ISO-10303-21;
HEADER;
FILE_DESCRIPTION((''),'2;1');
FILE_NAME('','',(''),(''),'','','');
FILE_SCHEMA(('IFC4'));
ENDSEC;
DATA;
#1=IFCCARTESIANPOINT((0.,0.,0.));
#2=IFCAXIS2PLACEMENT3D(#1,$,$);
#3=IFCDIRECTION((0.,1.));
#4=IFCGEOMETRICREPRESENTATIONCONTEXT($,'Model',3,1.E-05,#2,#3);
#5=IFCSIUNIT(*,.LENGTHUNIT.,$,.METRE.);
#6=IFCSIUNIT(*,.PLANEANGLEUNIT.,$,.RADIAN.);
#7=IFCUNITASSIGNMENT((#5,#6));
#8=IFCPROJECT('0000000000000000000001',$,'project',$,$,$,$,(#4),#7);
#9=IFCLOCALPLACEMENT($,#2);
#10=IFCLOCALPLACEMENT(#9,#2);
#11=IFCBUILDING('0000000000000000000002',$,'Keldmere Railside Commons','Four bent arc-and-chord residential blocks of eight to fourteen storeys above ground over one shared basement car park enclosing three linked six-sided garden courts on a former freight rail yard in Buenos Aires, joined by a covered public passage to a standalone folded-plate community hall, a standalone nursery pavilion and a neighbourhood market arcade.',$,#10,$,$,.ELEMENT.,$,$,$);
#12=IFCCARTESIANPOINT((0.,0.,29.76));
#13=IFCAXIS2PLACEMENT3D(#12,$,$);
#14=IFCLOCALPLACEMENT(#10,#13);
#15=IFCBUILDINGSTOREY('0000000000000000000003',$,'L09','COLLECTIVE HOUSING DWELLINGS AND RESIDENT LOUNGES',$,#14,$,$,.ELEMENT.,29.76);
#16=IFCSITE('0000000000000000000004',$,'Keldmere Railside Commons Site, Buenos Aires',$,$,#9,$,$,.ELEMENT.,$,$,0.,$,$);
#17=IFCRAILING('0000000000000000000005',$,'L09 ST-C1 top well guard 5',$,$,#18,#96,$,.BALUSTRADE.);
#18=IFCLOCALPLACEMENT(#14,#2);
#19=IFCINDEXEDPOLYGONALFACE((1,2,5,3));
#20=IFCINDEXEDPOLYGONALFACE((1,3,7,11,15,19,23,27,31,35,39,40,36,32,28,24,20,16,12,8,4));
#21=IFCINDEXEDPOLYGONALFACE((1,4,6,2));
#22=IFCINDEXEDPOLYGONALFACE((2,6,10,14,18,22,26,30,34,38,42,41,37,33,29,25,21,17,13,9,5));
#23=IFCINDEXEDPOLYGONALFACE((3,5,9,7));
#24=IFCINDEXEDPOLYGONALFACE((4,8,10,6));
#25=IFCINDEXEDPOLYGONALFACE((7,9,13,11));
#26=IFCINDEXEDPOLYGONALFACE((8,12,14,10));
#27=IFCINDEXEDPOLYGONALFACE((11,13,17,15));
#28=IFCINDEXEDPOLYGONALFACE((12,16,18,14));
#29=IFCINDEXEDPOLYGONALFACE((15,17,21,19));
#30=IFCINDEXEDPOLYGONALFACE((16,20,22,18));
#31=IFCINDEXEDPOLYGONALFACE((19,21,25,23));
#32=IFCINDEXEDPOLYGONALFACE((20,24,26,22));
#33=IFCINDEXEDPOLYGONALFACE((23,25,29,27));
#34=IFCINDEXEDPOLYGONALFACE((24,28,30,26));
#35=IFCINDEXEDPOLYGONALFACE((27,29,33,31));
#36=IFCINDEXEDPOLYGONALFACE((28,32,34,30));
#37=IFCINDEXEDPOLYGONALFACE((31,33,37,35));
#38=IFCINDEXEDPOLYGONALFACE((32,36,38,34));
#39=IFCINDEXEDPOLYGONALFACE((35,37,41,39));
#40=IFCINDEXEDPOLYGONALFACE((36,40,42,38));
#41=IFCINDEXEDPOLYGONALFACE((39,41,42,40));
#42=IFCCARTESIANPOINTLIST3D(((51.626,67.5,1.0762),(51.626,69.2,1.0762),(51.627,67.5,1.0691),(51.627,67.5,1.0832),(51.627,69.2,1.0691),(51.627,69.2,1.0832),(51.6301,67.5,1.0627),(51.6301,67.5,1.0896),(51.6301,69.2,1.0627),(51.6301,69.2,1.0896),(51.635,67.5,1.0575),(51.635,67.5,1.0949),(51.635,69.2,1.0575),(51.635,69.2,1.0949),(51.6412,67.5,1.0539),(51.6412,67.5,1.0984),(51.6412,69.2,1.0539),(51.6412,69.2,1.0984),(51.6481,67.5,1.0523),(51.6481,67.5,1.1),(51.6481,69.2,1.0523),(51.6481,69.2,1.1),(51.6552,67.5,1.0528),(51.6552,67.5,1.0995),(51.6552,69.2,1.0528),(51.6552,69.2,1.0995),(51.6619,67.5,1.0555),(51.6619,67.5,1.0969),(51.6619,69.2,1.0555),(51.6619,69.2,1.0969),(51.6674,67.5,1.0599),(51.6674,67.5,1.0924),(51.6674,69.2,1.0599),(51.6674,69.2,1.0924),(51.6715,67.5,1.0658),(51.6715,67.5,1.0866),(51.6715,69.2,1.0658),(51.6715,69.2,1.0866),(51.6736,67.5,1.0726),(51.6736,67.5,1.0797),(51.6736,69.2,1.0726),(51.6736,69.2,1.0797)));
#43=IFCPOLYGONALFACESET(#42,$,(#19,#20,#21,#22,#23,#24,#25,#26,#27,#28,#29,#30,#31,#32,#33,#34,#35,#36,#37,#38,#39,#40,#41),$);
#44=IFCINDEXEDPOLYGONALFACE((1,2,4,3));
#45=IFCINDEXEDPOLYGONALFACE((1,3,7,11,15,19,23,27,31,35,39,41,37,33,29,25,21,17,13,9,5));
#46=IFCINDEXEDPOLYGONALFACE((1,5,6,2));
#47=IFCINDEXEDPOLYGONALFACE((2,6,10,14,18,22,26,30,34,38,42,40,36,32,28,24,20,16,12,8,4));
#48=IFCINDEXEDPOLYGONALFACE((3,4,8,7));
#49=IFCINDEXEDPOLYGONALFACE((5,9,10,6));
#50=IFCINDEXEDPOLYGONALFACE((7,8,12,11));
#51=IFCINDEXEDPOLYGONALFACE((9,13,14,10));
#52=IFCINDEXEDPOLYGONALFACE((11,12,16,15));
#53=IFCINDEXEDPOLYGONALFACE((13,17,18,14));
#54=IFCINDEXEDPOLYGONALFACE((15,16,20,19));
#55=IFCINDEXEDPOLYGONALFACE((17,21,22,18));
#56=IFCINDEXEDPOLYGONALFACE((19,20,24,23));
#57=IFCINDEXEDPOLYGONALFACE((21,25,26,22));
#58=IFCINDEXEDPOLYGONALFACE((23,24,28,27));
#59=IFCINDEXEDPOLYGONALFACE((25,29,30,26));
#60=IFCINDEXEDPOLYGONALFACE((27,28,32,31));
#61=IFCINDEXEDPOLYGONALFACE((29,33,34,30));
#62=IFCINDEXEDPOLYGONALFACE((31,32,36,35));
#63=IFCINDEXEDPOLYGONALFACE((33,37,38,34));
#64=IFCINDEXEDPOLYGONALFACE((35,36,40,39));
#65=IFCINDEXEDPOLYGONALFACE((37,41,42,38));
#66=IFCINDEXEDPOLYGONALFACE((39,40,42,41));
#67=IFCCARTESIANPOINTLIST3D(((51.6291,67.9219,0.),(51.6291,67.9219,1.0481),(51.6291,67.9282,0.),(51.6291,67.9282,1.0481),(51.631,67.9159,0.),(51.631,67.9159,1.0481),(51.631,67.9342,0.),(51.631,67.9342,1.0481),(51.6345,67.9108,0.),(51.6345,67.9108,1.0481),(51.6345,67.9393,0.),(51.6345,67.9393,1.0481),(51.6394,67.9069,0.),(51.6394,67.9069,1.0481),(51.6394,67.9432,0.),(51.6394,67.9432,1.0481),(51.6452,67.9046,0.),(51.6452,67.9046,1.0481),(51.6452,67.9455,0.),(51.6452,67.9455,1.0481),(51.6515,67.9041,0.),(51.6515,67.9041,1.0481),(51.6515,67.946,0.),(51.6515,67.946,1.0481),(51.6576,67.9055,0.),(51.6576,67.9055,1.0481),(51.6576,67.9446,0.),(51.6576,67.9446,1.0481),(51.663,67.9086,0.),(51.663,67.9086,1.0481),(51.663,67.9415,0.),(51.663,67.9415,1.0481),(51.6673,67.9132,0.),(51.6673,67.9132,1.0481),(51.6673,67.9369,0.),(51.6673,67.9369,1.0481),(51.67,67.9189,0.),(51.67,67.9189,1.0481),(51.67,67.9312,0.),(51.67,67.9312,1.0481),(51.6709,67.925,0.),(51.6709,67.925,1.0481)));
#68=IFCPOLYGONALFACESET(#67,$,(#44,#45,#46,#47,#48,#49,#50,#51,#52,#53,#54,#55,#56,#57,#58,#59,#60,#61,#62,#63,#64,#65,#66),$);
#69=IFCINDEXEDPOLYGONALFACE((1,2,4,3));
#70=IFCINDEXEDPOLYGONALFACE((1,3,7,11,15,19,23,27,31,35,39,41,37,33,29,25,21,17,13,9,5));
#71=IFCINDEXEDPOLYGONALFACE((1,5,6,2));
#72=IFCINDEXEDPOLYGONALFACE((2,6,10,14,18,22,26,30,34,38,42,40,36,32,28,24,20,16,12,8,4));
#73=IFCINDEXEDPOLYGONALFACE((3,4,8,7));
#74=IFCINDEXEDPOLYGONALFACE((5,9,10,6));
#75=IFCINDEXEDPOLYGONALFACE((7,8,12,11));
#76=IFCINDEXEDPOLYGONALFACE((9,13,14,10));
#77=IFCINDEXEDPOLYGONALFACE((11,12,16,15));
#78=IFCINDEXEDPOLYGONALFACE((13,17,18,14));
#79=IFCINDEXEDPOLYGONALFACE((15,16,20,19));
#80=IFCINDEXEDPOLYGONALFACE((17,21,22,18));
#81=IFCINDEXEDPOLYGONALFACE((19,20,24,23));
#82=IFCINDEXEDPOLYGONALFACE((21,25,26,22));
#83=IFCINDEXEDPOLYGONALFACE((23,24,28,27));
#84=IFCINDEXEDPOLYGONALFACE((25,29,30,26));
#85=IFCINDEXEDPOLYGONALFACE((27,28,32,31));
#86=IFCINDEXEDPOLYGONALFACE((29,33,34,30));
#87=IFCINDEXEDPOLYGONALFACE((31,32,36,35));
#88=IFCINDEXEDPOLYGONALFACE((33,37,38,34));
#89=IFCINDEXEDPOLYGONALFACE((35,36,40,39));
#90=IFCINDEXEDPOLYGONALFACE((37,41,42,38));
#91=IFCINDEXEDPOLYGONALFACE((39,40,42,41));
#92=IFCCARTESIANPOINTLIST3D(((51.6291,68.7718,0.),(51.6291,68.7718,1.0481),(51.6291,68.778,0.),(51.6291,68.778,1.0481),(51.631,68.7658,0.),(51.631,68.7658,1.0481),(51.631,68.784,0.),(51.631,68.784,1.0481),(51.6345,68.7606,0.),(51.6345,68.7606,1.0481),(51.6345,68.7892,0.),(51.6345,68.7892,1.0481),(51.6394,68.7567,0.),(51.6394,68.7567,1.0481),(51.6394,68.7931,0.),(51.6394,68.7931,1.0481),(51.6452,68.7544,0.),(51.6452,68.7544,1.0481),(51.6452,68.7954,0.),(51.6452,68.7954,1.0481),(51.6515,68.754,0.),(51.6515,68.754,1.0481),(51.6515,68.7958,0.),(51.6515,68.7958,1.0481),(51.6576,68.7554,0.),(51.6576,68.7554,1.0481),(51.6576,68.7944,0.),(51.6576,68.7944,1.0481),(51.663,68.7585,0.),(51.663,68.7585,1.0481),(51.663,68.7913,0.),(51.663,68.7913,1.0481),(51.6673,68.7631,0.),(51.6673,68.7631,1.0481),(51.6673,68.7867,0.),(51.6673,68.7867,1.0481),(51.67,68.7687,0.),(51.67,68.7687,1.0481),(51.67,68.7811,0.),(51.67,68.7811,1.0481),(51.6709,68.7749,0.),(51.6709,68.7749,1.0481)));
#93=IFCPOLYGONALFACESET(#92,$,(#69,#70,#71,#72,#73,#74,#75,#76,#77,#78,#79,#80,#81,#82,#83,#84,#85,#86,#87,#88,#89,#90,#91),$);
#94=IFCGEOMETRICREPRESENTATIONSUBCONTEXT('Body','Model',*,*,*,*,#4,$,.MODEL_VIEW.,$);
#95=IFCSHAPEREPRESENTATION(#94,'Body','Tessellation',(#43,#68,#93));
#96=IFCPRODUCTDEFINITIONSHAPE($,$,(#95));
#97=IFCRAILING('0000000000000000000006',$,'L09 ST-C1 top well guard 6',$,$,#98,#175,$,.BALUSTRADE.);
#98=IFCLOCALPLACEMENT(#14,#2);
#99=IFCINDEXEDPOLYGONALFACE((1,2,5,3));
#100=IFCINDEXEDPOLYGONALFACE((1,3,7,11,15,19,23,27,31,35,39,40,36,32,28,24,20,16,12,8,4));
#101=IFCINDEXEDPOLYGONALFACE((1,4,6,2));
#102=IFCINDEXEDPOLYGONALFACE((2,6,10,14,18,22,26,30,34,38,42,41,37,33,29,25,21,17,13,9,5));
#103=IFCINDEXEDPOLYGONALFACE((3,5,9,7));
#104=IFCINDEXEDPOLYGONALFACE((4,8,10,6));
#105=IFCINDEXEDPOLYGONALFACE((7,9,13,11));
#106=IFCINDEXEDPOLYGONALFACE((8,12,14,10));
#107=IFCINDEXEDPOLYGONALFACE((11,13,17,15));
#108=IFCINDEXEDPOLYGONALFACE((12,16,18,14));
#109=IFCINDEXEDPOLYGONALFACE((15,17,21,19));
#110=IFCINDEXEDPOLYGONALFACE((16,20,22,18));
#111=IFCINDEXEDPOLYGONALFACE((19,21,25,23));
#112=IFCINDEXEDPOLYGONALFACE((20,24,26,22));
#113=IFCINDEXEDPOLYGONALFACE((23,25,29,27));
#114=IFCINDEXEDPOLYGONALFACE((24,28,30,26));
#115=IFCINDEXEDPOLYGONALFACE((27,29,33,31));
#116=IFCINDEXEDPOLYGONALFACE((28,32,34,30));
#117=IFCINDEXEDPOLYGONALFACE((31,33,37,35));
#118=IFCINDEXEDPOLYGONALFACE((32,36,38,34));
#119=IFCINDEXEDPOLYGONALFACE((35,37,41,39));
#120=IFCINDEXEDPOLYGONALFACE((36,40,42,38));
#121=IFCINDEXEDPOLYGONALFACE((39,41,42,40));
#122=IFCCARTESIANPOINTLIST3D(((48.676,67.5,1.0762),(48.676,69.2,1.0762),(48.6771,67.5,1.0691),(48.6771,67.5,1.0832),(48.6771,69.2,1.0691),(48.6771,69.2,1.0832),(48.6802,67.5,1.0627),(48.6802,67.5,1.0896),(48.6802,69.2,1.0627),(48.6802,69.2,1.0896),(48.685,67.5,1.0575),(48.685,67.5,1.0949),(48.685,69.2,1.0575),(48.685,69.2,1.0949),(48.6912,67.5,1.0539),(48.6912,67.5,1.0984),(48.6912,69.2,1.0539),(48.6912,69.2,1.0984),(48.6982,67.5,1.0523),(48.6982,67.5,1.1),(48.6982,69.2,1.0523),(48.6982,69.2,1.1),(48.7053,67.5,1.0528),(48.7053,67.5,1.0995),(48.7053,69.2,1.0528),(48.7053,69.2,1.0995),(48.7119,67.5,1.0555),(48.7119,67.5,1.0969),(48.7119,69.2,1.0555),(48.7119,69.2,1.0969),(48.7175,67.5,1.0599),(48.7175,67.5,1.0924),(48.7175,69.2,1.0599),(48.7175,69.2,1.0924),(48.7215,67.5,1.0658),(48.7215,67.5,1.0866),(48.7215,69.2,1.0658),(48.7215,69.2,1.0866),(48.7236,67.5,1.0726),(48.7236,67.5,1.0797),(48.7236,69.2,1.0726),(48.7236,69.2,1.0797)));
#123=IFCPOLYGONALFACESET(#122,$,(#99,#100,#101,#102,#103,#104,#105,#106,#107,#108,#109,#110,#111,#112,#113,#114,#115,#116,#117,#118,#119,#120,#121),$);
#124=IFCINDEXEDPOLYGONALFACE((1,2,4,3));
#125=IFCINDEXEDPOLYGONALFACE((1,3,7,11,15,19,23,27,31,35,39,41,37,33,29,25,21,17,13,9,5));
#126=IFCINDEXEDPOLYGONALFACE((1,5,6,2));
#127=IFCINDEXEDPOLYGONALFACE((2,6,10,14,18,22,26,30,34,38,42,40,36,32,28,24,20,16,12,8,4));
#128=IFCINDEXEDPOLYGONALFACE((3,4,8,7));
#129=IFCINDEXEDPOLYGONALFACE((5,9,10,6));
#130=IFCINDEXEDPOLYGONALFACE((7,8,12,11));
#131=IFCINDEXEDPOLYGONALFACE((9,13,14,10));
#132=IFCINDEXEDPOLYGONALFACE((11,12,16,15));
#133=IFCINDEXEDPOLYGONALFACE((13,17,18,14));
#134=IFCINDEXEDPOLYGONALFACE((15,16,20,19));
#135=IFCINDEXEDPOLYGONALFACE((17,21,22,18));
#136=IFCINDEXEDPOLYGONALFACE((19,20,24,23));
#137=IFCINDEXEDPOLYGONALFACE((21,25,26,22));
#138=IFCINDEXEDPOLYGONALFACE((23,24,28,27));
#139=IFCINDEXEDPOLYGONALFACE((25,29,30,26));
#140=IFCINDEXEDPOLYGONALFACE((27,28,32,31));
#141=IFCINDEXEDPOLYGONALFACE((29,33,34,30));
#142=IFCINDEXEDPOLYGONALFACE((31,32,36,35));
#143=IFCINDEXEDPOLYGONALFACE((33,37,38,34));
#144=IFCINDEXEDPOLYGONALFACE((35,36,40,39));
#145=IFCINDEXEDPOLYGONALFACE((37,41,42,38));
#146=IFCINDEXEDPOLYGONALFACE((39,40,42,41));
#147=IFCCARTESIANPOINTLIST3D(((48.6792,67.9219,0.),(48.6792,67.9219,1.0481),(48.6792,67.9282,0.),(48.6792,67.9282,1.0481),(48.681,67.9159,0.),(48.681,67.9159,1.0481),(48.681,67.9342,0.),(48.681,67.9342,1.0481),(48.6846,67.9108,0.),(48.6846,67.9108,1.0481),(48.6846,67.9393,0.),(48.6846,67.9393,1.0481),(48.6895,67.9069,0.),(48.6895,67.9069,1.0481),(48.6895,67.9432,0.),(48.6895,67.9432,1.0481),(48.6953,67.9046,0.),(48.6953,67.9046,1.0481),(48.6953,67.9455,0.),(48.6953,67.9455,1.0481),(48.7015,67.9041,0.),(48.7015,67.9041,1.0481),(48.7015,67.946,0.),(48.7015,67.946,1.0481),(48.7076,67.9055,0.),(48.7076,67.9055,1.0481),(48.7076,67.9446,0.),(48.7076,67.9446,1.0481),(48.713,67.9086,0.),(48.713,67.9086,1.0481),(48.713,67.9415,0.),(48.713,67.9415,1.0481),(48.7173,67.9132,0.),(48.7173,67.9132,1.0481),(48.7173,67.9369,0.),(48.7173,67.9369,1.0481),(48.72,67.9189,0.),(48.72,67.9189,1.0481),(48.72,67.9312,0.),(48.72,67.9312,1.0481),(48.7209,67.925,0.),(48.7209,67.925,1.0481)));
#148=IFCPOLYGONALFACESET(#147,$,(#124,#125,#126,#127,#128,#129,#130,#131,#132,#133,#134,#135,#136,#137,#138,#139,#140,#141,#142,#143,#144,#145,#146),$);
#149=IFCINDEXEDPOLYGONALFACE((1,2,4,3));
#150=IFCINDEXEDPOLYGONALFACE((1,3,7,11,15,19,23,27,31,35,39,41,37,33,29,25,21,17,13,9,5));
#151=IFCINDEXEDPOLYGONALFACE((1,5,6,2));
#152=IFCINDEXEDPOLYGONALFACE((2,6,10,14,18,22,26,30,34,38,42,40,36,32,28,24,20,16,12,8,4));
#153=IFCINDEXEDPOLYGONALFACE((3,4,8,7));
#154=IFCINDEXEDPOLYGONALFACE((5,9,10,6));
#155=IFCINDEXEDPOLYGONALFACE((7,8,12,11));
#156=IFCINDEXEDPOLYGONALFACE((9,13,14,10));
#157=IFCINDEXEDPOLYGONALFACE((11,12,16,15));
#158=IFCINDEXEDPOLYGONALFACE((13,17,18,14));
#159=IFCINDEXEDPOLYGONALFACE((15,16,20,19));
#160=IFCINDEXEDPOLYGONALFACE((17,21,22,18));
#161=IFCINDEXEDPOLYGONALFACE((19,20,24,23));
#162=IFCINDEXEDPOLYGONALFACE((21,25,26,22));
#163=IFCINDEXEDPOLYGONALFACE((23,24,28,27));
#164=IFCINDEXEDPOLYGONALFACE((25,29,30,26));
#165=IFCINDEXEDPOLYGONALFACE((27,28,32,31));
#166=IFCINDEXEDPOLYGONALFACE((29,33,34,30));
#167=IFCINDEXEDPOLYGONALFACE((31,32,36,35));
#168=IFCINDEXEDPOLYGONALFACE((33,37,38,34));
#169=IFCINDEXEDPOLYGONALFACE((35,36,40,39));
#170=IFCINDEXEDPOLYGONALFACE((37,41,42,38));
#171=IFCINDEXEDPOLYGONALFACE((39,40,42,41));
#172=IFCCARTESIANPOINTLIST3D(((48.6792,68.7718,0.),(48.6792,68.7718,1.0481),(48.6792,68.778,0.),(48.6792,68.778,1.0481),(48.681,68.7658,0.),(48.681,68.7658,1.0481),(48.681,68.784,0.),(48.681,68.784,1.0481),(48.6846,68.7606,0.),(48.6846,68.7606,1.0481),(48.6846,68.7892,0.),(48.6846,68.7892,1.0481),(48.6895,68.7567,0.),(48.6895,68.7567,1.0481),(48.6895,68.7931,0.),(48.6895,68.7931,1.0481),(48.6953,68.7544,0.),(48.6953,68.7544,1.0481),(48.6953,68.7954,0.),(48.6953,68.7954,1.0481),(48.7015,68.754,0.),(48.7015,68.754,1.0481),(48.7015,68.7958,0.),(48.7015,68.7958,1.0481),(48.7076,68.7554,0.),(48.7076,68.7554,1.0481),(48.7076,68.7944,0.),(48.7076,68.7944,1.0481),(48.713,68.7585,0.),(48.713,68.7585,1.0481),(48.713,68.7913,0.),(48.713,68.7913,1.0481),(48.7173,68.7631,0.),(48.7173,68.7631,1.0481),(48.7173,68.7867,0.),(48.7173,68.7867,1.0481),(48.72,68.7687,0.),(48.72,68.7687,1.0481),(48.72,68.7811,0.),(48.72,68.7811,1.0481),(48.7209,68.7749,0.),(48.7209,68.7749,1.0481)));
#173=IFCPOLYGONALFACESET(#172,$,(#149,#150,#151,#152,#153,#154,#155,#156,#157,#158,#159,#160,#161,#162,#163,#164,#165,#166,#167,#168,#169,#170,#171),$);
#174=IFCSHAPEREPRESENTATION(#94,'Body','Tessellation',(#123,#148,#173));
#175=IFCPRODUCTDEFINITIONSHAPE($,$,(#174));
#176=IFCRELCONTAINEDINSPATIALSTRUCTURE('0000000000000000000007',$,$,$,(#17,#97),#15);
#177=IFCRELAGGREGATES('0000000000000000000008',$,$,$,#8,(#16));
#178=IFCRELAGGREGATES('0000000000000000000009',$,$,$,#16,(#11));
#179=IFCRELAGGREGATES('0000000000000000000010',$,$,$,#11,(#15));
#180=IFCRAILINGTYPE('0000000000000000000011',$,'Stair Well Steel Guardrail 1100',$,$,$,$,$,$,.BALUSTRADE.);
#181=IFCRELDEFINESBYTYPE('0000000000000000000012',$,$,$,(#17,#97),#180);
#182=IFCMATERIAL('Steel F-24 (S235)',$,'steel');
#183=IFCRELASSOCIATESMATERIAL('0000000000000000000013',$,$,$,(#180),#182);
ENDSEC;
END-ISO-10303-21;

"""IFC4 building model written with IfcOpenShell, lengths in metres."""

from ifc_helpers import new_model, si_unit, direction, frame, origin, origin_2d, place, context, subcontext, project, spatial, circle, extrude, material, type_object, element, save


model = new_model("IFC4")

# Units and contexts
model_context = context("Model", 3, precision=1e-05, world=origin(), true_north=direction((0.0, 1.0)))
body_context = subcontext(model_context, "Body", "Model", "MODEL_VIEW")
ifc_project = project(units=[si_unit("LENGTHUNIT", "METRE"), si_unit("PLANEANGLEUNIT", "RADIAN")], contexts=[model_context])

# Site, building, storey
site_placement = place(None, origin())
site = spatial("IfcSite", under=ifc_project, at=site_placement, Name="Keldmere Railside Commons Site, Buenos Aires", CompositionType="ELEMENT", RefElevation=0.0)
building_placement = place(site_placement, origin())
building = spatial("IfcBuilding", under=site, at=building_placement, Name="Keldmere Railside Commons", Description="Four bent arc-and-chord residential blocks of eight to fourteen storeys above ground over one shared basement car park enclosing three linked six-sided garden courts on a former freight rail yard in Buenos Aires, joined by a covered public passage to a standalone folded-plate community hall, a standalone nursery pavilion and a neighbourhood market arcade.", CompositionType="ELEMENT")
storey_placement = place(building_placement, frame((0.0, 0.0, 29.76)))
storey = spatial("IfcBuildingStorey", under=building, at=storey_placement, Name="L09", Description="COLLECTIVE HOUSING DWELLINGS AND RESIDENT LOUNGES", CompositionType="ELEMENT", Elevation=29.76)

# Railings
ifc_material_1 = material(Name="Steel F-24 (S235)", Category="steel")
railing_type_1 = type_object("IfcRailingType", Name="Stair Well Steel Guardrail 1100", PredefinedType="BALUSTRADE", material=ifc_material_1)
for number, where, name in (
    (1, (51.6499, 67.5, 0.0), "L09 ST-C1 top well guard 5"),
    (2, (48.7, 67.5, 0.0), "L09 ST-C1 top well guard 6"),
):
    element("IfcRailing", number, at=place(storey_placement, frame(where)), inside=storey, type_object=railing_type_1, Name=name, PredefinedType="BALUSTRADE", context=body_context, shape_type="SweptSolid", body=[
        extrude(circle(Radius=0.0239, at=origin_2d()), frame((0.0, 0.0, 1.0762), z_axis=(0.0, 1.0, 0.0), x_axis=(-1.0, 0.0, 0.0)), (0.0, 0.0, 1.0), 1.7),
        extrude(circle(Radius=0.021, at=origin_2d()), frame((0.0, 0.425, 0.0)), (0.0, 0.0, 1.0), 1.0481),
        extrude(circle(Radius=0.021, at=origin_2d()), frame((0.0, 1.2749, 0.0)), (0.0, 0.0, 1.0), 1.0481),
    ])

save(model, "model.ifc")
